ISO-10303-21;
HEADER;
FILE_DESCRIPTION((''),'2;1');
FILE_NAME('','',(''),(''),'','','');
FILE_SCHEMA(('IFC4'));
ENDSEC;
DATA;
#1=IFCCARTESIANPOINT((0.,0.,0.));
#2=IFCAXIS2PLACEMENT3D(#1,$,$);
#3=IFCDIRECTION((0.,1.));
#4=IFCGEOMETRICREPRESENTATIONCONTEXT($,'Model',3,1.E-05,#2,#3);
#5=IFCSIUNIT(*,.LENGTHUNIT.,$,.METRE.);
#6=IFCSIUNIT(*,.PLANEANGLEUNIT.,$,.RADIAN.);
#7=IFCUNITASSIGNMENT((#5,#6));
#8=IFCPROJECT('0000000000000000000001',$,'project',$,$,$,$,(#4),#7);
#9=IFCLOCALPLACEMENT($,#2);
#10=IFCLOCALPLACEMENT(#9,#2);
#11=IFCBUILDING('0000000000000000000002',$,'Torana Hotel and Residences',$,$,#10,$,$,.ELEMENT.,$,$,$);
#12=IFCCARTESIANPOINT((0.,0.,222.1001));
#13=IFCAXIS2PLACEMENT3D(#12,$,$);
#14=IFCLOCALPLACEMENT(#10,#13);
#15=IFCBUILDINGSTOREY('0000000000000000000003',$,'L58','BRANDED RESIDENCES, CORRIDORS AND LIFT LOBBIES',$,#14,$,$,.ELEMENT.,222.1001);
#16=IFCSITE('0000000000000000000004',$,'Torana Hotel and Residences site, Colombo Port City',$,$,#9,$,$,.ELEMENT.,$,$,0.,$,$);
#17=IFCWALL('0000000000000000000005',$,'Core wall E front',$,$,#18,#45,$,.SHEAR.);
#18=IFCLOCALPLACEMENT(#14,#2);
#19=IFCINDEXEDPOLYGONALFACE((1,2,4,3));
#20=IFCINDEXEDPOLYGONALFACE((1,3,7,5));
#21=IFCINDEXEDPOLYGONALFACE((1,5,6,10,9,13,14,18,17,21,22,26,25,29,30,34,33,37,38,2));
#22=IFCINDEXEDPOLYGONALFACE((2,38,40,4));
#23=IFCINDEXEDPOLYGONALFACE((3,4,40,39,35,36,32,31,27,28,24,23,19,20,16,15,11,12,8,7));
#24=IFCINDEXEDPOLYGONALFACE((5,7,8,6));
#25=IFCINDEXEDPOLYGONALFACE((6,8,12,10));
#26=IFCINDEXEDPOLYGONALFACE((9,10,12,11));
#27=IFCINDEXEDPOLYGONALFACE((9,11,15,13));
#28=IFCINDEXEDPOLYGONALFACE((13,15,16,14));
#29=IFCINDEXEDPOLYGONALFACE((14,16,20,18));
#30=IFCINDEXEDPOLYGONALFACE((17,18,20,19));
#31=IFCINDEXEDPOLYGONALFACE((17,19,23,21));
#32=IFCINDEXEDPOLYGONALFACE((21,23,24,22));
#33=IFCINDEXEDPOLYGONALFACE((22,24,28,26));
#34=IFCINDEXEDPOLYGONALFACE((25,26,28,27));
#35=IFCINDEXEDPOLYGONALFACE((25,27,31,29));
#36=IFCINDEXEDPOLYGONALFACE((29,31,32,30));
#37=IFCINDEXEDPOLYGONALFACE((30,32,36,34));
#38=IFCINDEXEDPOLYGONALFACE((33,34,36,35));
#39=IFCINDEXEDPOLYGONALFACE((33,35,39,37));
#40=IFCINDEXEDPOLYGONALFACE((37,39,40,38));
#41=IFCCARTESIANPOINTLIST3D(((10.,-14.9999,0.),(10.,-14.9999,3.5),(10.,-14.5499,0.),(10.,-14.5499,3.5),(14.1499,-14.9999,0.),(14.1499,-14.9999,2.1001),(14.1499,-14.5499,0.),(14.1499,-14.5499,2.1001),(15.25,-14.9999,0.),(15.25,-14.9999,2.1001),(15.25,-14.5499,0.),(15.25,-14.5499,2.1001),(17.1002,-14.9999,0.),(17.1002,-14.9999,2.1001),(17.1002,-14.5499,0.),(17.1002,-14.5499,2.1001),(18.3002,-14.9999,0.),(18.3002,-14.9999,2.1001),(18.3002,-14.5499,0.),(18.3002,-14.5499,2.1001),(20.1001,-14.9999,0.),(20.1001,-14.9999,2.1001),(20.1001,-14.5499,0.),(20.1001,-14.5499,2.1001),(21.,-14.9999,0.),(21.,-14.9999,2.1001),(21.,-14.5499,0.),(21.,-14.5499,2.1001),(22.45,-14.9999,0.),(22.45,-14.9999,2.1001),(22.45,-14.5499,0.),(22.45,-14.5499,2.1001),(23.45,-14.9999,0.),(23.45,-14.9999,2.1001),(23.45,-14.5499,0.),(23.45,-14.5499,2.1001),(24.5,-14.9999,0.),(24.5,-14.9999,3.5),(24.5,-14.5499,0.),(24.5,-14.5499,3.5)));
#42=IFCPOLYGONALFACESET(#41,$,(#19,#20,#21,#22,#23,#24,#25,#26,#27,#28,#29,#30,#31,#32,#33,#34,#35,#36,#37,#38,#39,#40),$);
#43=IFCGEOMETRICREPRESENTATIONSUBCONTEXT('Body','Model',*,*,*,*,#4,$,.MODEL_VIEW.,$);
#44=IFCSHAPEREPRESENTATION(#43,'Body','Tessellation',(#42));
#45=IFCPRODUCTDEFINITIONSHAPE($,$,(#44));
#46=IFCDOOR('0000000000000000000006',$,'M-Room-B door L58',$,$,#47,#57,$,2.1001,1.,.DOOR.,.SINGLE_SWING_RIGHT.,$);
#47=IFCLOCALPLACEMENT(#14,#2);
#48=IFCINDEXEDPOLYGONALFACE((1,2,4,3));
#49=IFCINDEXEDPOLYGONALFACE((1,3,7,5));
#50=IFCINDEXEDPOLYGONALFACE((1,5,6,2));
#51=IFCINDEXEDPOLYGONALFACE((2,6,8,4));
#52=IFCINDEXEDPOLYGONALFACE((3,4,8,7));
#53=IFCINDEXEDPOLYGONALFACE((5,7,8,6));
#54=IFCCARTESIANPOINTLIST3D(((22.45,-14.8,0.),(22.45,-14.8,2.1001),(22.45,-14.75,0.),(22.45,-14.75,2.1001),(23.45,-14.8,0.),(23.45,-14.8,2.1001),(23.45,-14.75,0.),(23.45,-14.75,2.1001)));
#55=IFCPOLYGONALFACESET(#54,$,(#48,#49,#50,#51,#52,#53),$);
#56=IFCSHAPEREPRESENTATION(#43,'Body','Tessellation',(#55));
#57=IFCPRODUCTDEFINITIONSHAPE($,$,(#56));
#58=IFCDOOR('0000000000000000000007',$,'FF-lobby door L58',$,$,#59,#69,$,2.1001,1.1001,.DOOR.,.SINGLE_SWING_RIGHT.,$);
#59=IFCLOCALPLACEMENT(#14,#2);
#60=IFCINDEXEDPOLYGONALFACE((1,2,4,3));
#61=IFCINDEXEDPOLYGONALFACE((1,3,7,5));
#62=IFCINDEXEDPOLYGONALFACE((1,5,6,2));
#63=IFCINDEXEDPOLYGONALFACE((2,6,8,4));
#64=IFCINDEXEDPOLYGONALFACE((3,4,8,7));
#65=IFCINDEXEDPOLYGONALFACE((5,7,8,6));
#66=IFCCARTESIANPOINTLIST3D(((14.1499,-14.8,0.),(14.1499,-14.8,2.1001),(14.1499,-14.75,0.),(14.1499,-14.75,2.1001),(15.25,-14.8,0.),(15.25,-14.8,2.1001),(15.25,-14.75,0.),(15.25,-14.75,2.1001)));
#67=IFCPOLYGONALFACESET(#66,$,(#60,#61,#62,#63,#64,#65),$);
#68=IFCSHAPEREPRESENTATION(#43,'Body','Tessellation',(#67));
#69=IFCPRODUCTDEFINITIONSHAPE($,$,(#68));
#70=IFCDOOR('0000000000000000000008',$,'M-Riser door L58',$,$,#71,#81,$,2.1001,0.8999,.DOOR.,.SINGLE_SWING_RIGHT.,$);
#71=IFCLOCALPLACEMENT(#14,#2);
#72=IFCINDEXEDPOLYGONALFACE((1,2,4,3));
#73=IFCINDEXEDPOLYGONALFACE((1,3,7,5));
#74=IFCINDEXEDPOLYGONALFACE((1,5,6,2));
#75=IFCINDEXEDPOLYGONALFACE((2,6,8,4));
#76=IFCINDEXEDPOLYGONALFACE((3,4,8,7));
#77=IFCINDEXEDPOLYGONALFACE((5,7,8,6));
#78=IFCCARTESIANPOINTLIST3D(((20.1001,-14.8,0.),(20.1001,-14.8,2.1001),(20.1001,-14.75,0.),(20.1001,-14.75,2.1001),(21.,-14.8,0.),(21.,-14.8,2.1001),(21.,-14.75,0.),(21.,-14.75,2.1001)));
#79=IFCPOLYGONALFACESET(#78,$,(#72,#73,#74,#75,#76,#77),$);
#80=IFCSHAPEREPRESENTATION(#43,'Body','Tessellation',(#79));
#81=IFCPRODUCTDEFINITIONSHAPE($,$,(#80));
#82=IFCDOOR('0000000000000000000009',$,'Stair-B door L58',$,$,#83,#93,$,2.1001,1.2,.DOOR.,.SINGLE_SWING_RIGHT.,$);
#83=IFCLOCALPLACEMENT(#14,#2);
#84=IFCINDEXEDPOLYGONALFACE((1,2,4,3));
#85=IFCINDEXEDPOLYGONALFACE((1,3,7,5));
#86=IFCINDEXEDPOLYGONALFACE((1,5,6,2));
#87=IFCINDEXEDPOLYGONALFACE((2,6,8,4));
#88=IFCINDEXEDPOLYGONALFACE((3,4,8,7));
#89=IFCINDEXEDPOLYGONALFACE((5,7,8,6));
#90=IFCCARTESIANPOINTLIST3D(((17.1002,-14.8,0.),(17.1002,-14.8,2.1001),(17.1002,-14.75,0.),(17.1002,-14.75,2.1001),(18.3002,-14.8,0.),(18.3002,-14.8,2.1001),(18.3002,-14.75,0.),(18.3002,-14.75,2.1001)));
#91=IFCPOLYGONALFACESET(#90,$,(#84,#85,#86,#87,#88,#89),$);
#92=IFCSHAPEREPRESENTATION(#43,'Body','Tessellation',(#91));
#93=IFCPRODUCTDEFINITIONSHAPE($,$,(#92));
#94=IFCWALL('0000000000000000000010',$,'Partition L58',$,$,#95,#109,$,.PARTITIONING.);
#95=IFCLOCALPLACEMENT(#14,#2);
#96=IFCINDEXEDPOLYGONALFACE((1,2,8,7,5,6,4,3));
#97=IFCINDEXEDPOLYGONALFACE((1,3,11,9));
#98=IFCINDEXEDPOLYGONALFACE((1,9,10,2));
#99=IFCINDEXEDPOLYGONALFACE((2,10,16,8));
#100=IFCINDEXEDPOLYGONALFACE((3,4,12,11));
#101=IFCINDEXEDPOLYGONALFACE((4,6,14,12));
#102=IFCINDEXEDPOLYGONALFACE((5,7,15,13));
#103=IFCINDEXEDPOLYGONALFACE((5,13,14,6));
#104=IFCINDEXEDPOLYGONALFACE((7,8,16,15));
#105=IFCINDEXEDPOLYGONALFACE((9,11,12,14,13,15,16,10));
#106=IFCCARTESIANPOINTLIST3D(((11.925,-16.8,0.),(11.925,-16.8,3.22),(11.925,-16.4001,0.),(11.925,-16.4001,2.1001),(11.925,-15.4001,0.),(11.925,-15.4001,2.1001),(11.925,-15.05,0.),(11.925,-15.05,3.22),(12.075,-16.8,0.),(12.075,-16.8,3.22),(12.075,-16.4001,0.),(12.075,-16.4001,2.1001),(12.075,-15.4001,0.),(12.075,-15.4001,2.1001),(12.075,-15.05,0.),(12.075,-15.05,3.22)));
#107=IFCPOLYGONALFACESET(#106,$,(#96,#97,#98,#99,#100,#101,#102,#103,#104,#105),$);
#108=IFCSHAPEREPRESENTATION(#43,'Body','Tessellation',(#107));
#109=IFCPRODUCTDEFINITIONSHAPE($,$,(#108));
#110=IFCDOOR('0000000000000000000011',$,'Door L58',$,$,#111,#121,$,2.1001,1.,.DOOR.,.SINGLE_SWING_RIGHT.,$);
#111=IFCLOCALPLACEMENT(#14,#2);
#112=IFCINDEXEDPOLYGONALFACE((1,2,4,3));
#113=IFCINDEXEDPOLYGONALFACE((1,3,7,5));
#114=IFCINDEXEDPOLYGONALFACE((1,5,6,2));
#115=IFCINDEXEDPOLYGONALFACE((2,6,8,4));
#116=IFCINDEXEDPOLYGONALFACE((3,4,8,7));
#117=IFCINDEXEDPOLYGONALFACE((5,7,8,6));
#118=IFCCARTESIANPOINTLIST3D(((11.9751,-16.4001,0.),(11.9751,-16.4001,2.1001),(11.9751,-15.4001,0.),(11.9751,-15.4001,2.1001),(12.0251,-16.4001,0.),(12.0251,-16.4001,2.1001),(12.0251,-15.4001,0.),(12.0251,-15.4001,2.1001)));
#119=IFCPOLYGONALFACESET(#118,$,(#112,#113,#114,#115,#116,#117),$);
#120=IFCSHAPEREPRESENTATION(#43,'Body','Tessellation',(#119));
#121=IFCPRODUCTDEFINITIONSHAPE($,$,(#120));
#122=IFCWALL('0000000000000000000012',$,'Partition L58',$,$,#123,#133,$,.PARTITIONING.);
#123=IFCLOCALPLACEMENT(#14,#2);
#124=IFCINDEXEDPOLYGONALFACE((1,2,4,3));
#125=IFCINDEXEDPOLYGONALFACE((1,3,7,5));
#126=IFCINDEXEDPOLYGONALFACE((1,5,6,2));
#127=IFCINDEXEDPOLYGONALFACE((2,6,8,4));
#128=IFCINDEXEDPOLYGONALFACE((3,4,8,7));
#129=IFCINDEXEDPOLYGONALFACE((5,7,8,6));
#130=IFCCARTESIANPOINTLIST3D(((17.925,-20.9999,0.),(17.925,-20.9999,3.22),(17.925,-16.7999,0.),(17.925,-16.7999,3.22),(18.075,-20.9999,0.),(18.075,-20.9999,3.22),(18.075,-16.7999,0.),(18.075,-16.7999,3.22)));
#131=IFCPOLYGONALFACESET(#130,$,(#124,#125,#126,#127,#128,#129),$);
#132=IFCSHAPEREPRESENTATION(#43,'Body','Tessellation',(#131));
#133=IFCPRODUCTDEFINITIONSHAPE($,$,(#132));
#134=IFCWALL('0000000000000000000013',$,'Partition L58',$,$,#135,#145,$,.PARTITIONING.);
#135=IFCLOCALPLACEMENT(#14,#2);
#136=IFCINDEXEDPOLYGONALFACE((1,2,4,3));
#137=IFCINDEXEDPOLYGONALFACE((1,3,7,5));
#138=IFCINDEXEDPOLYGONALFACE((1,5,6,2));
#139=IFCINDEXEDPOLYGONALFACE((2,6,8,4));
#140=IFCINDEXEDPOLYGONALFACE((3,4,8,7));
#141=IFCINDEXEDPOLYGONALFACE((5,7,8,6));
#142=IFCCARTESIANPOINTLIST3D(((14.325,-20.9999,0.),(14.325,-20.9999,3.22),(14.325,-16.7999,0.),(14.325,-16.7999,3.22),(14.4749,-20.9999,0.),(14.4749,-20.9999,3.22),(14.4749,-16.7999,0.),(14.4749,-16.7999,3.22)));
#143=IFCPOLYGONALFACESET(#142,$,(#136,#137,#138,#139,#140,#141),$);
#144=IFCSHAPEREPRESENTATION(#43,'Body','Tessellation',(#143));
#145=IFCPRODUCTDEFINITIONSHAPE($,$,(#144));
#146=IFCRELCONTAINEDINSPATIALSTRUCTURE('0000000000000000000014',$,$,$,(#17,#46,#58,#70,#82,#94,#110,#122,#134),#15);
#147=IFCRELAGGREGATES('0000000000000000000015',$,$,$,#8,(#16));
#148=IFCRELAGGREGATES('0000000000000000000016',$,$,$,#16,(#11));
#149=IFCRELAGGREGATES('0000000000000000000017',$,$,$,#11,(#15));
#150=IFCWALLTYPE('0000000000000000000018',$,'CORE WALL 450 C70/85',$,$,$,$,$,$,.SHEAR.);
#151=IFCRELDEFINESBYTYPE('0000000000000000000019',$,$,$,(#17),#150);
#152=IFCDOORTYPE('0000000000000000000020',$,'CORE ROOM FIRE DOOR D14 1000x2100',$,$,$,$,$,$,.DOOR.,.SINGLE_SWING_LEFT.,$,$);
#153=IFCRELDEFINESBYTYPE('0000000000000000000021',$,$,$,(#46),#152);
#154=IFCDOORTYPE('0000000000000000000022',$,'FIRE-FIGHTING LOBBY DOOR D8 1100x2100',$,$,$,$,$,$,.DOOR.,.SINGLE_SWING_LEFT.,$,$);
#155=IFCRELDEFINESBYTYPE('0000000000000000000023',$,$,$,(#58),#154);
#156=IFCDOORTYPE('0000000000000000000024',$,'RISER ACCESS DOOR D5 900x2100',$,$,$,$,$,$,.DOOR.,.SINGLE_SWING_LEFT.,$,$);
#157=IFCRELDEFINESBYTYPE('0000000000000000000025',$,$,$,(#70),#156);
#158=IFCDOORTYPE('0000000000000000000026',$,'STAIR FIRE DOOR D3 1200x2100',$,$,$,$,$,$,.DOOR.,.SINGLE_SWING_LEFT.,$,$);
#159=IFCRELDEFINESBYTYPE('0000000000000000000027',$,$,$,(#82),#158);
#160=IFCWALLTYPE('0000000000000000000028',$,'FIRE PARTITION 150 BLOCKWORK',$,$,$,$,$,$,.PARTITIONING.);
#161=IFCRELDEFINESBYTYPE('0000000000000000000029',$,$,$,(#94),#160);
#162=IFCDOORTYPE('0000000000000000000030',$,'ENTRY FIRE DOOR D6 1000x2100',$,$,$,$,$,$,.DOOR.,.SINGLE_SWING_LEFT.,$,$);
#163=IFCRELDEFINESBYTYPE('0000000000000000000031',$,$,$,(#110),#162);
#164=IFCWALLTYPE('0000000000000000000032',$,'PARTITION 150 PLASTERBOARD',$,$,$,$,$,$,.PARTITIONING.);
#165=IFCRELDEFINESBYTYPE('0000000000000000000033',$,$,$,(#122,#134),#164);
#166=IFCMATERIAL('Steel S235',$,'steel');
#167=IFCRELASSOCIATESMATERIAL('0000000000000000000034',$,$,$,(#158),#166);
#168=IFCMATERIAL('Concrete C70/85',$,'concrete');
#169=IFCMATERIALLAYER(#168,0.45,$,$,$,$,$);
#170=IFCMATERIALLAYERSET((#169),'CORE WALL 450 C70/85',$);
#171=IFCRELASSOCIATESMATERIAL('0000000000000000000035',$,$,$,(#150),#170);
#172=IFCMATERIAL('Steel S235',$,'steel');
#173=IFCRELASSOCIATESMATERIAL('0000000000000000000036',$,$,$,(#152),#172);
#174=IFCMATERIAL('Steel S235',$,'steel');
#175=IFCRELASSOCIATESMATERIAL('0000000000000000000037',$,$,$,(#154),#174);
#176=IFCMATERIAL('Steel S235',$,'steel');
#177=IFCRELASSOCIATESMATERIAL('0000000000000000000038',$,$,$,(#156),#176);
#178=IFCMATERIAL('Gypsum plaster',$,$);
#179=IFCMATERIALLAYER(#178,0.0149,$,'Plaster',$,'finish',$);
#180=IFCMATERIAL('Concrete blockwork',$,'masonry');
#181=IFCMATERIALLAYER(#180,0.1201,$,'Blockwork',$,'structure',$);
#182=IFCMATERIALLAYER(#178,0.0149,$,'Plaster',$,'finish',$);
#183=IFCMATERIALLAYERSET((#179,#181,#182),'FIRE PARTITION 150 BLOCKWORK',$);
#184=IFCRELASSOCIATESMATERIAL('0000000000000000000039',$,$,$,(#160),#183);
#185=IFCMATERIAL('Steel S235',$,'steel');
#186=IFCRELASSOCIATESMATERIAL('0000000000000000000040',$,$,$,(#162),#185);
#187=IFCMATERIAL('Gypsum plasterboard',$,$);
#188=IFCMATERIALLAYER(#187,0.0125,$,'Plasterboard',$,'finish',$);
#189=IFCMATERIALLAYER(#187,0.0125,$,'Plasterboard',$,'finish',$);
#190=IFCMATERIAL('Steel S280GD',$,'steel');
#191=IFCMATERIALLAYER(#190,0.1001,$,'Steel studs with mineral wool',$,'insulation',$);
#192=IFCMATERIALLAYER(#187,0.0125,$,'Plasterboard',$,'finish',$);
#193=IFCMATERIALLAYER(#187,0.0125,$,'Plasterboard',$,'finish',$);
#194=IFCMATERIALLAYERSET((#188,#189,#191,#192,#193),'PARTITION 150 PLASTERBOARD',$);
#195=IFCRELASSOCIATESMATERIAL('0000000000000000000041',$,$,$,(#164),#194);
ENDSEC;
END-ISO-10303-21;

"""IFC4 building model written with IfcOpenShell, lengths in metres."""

from ifc_helpers import new_model, si_unit, direction, frame, frame_2d, origin, place, context, subcontext, project, spatial, rectangle, extrude, material, layer, layer_set, type_object, element, fill, save


model = new_model("IFC4")

# Units and contexts
model_context = context("Model", 3, precision=1e-05, world=origin(), true_north=direction((0.0, 1.0)))
body_context = subcontext(model_context, "Body", "Model", "MODEL_VIEW")
ifc_project = project(units=[si_unit("LENGTHUNIT", "METRE"), si_unit("PLANEANGLEUNIT", "RADIAN")], contexts=[model_context])

# Site, building, storey
site_placement = place(None, origin())
site = spatial("IfcSite", under=ifc_project, at=site_placement, Name="Torana Hotel and Residences site, Colombo Port City", CompositionType="ELEMENT", RefElevation=0.0)
building_placement = place(site_placement, origin())
building = spatial("IfcBuilding", under=site, at=building_placement, Name="Torana Hotel and Residences", CompositionType="ELEMENT")
storey_placement = place(building_placement, frame((0.0, 0.0, 222.1001)))
storey = spatial("IfcBuildingStorey", under=building, at=storey_placement, Name="L58", Description="BRANDED RESIDENCES, CORRIDORS AND LIFT LOBBIES", CompositionType="ELEMENT", Elevation=222.1001)

# Shared definitions
ifc_material_1 = material(Name="Steel S235", Category="steel")
door_type_1 = type_object("IfcDoorType", Name="STAIR FIRE DOOR D3 1200x2100", OperationType="SINGLE_SWING_LEFT", PredefinedType="DOOR", material=ifc_material_1)

# Wall, openings, doors
ifc_material_2 = material(Name="Concrete C70/85", Category="concrete")
ifc_layer_1 = layer(ifc_material_2, 0.45)
ifc_layer_set_1 = layer_set([ifc_layer_1], Name="CORE WALL 450 C70/85")
wall_type_1 = type_object("IfcWallType", Name="CORE WALL 450 C70/85", PredefinedType="SHEAR", material=ifc_layer_set_1)
wall_1_placement = place(storey_placement, frame((10.0, -14.7749, 0.0), z_axis=(0.0, 0.0, 1.0), x_axis=(1.0, 0.0, 0.0)))
wall_1 = element("IfcWall", 1, at=wall_1_placement, inside=storey, type_object=wall_type_1, Name="Core wall E front", PredefinedType="SHEAR", context=body_context, shape_type="SweptSolid", body=[
    extrude(rectangle(XDim=14.5, YDim=0.45, at=frame_2d((7.25, 0.0))), origin(), (0.0, 0.0, 1.0), 3.5),
])
opening_1_placement = place(wall_1_placement, frame((7.1001, 0.0, 0.0)))
opening_1 = element("IfcOpeningElement", 2, at=opening_1_placement, cuts=wall_1, PredefinedType="OPENING", context=body_context, shape_type="SweptSolid", body=[
    extrude(rectangle(XDim=1.2, YDim=2.1001, at=frame_2d((0.6001, 1.05))), frame((0.0, 0.2349, 0.0), z_axis=(0.0, -1.0, 0.0), x_axis=(1.0, 0.0, 0.0)), (0.0, 0.0, 1.0), 0.47),
])
opening_2_placement = place(wall_1_placement, frame((4.1499, 0.0, 0.0)))
opening_2 = element("IfcOpeningElement", 3, at=opening_2_placement, cuts=wall_1, PredefinedType="OPENING", context=body_context, shape_type="SweptSolid", body=[
    extrude(rectangle(XDim=1.1001, YDim=2.1001, at=frame_2d((0.55, 1.05))), frame((0.0, 0.2349, 0.0), z_axis=(0.0, -1.0, 0.0), x_axis=(1.0, 0.0, 0.0)), (0.0, 0.0, 1.0), 0.47),
])
opening_3_placement = place(wall_1_placement, frame((10.1001, 0.0, 0.0)))
opening_3 = element("IfcOpeningElement", 4, at=opening_3_placement, cuts=wall_1, PredefinedType="OPENING", context=body_context, shape_type="SweptSolid", body=[
    extrude(rectangle(XDim=0.8999, YDim=2.1001, at=frame_2d((0.45, 1.05))), frame((0.0, 0.2349, 0.0), z_axis=(0.0, -1.0, 0.0), x_axis=(1.0, 0.0, 0.0)), (0.0, 0.0, 1.0), 0.47),
])
opening_4_placement = place(wall_1_placement, frame((12.45, 0.0, 0.0)))
opening_4 = element("IfcOpeningElement", 5, at=opening_4_placement, cuts=wall_1, PredefinedType="OPENING", context=body_context, shape_type="SweptSolid", body=[
    extrude(rectangle(XDim=1.0, YDim=2.1001, at=frame_2d((0.5, 1.05))), frame((0.0, 0.2349, 0.0), z_axis=(0.0, -1.0, 0.0), x_axis=(1.0, 0.0, 0.0)), (0.0, 0.0, 1.0), 0.47),
])
ifc_material_3 = material(Name="Steel S235", Category="steel")
door_type_2 = type_object("IfcDoorType", Name="CORE ROOM FIRE DOOR D14 1000x2100", OperationType="SINGLE_SWING_LEFT", PredefinedType="DOOR", material=ifc_material_3)
door_1_placement = place(opening_4_placement, origin())
door_1 = element("IfcDoor", 6, at=door_1_placement, inside=storey, type_object=door_type_2, Name="M-Room-B door L58", OperationType="SINGLE_SWING_RIGHT", OverallHeight=2.1001, OverallWidth=1.0, PredefinedType="DOOR", context=body_context, shape_type="SweptSolid", body=[
    extrude(rectangle(XDim=1.0, YDim=2.1001, at=frame_2d((0.5, 1.05))), frame((0.0, 0.0249, 0.0), z_axis=(0.0, -1.0, 0.0), x_axis=(1.0, 0.0, 0.0)), (0.0, 0.0, 1.0), 0.05),
])
fill(opening_4, door_1)
ifc_material_4 = material(Name="Steel S235", Category="steel")
door_type_3 = type_object("IfcDoorType", Name="FIRE-FIGHTING LOBBY DOOR D8 1100x2100", OperationType="SINGLE_SWING_LEFT", PredefinedType="DOOR", material=ifc_material_4)
door_2_placement = place(opening_2_placement, origin())
door_2 = element("IfcDoor", 7, at=door_2_placement, inside=storey, type_object=door_type_3, Name="FF-lobby door L58", OperationType="SINGLE_SWING_RIGHT", OverallHeight=2.1001, OverallWidth=1.1001, PredefinedType="DOOR", context=body_context, shape_type="SweptSolid", body=[
    extrude(rectangle(XDim=1.1001, YDim=2.1001, at=frame_2d((0.55, 1.05))), frame((0.0, 0.0249, 0.0), z_axis=(0.0, -1.0, 0.0), x_axis=(1.0, 0.0, 0.0)), (0.0, 0.0, 1.0), 0.05),
])
fill(opening_2, door_2)
ifc_material_5 = material(Name="Steel S235", Category="steel")
door_type_4 = type_object("IfcDoorType", Name="RISER ACCESS DOOR D5 900x2100", OperationType="SINGLE_SWING_LEFT", PredefinedType="DOOR", material=ifc_material_5)
door_3_placement = place(opening_3_placement, origin())
door_3 = element("IfcDoor", 8, at=door_3_placement, inside=storey, type_object=door_type_4, Name="M-Riser door L58", OperationType="SINGLE_SWING_RIGHT", OverallHeight=2.1001, OverallWidth=0.8999, PredefinedType="DOOR", context=body_context, shape_type="SweptSolid", body=[
    extrude(rectangle(XDim=0.8999, YDim=2.1001, at=frame_2d((0.45, 1.05))), frame((0.0, 0.0249, 0.0), z_axis=(0.0, -1.0, 0.0), x_axis=(1.0, 0.0, 0.0)), (0.0, 0.0, 1.0), 0.05),
])
fill(opening_3, door_3)
door_4_placement = place(opening_1_placement, origin())
door_4 = element("IfcDoor", 9, at=door_4_placement, inside=storey, type_object=door_type_1, Name="Stair-B door L58", OperationType="SINGLE_SWING_RIGHT", OverallHeight=2.1001, OverallWidth=1.2, PredefinedType="DOOR", context=body_context, shape_type="SweptSolid", body=[
    extrude(rectangle(XDim=1.2, YDim=2.1001, at=frame_2d((0.6001, 1.05))), frame((0.0, 0.0249, 0.0), z_axis=(0.0, -1.0, 0.0), x_axis=(1.0, 0.0, 0.0)), (0.0, 0.0, 1.0), 0.05),
])
fill(opening_1, door_4)

# Wall, opening, door
ifc_material_6 = material(Name="Gypsum plaster")
ifc_layer_2 = layer(ifc_material_6, 0.0149, Name="Plaster", Category="finish")
ifc_material_7 = material(Name="Concrete blockwork", Category="masonry")
ifc_layer_3 = layer(ifc_material_7, 0.1201, Name="Blockwork", Category="structure")
ifc_layer_4 = layer(ifc_material_6, 0.0149, Name="Plaster", Category="finish")
ifc_layer_set_2 = layer_set([ifc_layer_2, ifc_layer_3, ifc_layer_4], Name="FIRE PARTITION 150 BLOCKWORK")
wall_type_2 = type_object("IfcWallType", Name="FIRE PARTITION 150 BLOCKWORK", PredefinedType="PARTITIONING", material=ifc_layer_set_2)
wall_2_placement = place(storey_placement, frame((12.0, -16.8, 0.0), z_axis=(0.0, 0.0, 1.0), x_axis=(0.0, 1.0, 0.0)))
wall_2 = element("IfcWall", 10, at=wall_2_placement, inside=storey, type_object=wall_type_2, Name="Partition L58", PredefinedType="PARTITIONING", context=body_context, shape_type="SweptSolid", body=[
    extrude(rectangle(XDim=1.75, YDim=0.1499, at=frame_2d((0.875, 0.0))), origin(), (0.0, 0.0, 1.0), 3.22),
])
opening_5_placement = place(wall_2_placement, frame((0.3999, 0.0, 0.0)))
opening_5 = element("IfcOpeningElement", 11, at=opening_5_placement, cuts=wall_2, PredefinedType="OPENING", context=body_context, shape_type="SweptSolid", body=[
    extrude(rectangle(XDim=1.0, YDim=2.1001, at=frame_2d((0.5, 1.05))), frame((0.0, 0.085, 0.0), z_axis=(0.0, -1.0, 0.0), x_axis=(1.0, 0.0, 0.0)), (0.0, 0.0, 1.0), 0.1699),
])
ifc_material_8 = material(Name="Steel S235", Category="steel")
door_type_5 = type_object("IfcDoorType", Name="ENTRY FIRE DOOR D6 1000x2100", OperationType="SINGLE_SWING_LEFT", PredefinedType="DOOR", material=ifc_material_8)
door_5_placement = place(opening_5_placement, origin())
door_5 = element("IfcDoor", 12, at=door_5_placement, inside=storey, type_object=door_type_5, Name="Door L58", OperationType="SINGLE_SWING_RIGHT", OverallHeight=2.1001, OverallWidth=1.0, PredefinedType="DOOR", context=body_context, shape_type="SweptSolid", body=[
    extrude(rectangle(XDim=1.0, YDim=2.1001, at=frame_2d((0.5, 1.05))), frame((0.0, 0.0249, 0.0), z_axis=(0.0, -1.0, 0.0), x_axis=(1.0, 0.0, 0.0)), (0.0, 0.0, 1.0), 0.05),
])
fill(opening_5, door_5)

# Walls
ifc_material_9 = material(Name="Gypsum plasterboard")
ifc_layer_5 = layer(ifc_material_9, 0.0125, Name="Plasterboard", Category="finish")
ifc_layer_6 = layer(ifc_material_9, 0.0125, Name="Plasterboard", Category="finish")
ifc_material_10 = material(Name="Steel S280GD", Category="steel")
ifc_layer_7 = layer(ifc_material_10, 0.1001, Name="Steel studs with mineral wool", Category="insulation")
ifc_layer_8 = layer(ifc_material_9, 0.0125, Name="Plasterboard", Category="finish")
ifc_layer_9 = layer(ifc_material_9, 0.0125, Name="Plasterboard", Category="finish")
ifc_layer_set_3 = layer_set([ifc_layer_5, ifc_layer_6, ifc_layer_7, ifc_layer_8, ifc_layer_9], Name="PARTITION 150 PLASTERBOARD")
wall_type_3 = type_object("IfcWallType", Name="PARTITION 150 PLASTERBOARD", PredefinedType="PARTITIONING", material=ifc_layer_set_3)
for number, where, z_axis, x_axis, name in (
    (13, (18.0, -21.0, 0.0), (0.0, 0.0, 1.0), (0.0, 1.0, 0.0), "Partition L58"),
    (14, (14.3999, -21.0, 0.0), (0.0, 0.0, 1.0), (0.0, 1.0, 0.0), "Partition L58"),
):
    element("IfcWall", number, at=place(storey_placement, frame(where, z_axis=z_axis, x_axis=x_axis)), inside=storey, type_object=wall_type_3, Name=name, PredefinedType="PARTITIONING", context=body_context, shape_type="SweptSolid", body=[
        extrude(rectangle(XDim=4.2, YDim=0.1499, at=frame_2d((2.1001, 0.0))), origin(), (0.0, 0.0, 1.0), 3.22),
    ])

save(model, "model.ifc")
